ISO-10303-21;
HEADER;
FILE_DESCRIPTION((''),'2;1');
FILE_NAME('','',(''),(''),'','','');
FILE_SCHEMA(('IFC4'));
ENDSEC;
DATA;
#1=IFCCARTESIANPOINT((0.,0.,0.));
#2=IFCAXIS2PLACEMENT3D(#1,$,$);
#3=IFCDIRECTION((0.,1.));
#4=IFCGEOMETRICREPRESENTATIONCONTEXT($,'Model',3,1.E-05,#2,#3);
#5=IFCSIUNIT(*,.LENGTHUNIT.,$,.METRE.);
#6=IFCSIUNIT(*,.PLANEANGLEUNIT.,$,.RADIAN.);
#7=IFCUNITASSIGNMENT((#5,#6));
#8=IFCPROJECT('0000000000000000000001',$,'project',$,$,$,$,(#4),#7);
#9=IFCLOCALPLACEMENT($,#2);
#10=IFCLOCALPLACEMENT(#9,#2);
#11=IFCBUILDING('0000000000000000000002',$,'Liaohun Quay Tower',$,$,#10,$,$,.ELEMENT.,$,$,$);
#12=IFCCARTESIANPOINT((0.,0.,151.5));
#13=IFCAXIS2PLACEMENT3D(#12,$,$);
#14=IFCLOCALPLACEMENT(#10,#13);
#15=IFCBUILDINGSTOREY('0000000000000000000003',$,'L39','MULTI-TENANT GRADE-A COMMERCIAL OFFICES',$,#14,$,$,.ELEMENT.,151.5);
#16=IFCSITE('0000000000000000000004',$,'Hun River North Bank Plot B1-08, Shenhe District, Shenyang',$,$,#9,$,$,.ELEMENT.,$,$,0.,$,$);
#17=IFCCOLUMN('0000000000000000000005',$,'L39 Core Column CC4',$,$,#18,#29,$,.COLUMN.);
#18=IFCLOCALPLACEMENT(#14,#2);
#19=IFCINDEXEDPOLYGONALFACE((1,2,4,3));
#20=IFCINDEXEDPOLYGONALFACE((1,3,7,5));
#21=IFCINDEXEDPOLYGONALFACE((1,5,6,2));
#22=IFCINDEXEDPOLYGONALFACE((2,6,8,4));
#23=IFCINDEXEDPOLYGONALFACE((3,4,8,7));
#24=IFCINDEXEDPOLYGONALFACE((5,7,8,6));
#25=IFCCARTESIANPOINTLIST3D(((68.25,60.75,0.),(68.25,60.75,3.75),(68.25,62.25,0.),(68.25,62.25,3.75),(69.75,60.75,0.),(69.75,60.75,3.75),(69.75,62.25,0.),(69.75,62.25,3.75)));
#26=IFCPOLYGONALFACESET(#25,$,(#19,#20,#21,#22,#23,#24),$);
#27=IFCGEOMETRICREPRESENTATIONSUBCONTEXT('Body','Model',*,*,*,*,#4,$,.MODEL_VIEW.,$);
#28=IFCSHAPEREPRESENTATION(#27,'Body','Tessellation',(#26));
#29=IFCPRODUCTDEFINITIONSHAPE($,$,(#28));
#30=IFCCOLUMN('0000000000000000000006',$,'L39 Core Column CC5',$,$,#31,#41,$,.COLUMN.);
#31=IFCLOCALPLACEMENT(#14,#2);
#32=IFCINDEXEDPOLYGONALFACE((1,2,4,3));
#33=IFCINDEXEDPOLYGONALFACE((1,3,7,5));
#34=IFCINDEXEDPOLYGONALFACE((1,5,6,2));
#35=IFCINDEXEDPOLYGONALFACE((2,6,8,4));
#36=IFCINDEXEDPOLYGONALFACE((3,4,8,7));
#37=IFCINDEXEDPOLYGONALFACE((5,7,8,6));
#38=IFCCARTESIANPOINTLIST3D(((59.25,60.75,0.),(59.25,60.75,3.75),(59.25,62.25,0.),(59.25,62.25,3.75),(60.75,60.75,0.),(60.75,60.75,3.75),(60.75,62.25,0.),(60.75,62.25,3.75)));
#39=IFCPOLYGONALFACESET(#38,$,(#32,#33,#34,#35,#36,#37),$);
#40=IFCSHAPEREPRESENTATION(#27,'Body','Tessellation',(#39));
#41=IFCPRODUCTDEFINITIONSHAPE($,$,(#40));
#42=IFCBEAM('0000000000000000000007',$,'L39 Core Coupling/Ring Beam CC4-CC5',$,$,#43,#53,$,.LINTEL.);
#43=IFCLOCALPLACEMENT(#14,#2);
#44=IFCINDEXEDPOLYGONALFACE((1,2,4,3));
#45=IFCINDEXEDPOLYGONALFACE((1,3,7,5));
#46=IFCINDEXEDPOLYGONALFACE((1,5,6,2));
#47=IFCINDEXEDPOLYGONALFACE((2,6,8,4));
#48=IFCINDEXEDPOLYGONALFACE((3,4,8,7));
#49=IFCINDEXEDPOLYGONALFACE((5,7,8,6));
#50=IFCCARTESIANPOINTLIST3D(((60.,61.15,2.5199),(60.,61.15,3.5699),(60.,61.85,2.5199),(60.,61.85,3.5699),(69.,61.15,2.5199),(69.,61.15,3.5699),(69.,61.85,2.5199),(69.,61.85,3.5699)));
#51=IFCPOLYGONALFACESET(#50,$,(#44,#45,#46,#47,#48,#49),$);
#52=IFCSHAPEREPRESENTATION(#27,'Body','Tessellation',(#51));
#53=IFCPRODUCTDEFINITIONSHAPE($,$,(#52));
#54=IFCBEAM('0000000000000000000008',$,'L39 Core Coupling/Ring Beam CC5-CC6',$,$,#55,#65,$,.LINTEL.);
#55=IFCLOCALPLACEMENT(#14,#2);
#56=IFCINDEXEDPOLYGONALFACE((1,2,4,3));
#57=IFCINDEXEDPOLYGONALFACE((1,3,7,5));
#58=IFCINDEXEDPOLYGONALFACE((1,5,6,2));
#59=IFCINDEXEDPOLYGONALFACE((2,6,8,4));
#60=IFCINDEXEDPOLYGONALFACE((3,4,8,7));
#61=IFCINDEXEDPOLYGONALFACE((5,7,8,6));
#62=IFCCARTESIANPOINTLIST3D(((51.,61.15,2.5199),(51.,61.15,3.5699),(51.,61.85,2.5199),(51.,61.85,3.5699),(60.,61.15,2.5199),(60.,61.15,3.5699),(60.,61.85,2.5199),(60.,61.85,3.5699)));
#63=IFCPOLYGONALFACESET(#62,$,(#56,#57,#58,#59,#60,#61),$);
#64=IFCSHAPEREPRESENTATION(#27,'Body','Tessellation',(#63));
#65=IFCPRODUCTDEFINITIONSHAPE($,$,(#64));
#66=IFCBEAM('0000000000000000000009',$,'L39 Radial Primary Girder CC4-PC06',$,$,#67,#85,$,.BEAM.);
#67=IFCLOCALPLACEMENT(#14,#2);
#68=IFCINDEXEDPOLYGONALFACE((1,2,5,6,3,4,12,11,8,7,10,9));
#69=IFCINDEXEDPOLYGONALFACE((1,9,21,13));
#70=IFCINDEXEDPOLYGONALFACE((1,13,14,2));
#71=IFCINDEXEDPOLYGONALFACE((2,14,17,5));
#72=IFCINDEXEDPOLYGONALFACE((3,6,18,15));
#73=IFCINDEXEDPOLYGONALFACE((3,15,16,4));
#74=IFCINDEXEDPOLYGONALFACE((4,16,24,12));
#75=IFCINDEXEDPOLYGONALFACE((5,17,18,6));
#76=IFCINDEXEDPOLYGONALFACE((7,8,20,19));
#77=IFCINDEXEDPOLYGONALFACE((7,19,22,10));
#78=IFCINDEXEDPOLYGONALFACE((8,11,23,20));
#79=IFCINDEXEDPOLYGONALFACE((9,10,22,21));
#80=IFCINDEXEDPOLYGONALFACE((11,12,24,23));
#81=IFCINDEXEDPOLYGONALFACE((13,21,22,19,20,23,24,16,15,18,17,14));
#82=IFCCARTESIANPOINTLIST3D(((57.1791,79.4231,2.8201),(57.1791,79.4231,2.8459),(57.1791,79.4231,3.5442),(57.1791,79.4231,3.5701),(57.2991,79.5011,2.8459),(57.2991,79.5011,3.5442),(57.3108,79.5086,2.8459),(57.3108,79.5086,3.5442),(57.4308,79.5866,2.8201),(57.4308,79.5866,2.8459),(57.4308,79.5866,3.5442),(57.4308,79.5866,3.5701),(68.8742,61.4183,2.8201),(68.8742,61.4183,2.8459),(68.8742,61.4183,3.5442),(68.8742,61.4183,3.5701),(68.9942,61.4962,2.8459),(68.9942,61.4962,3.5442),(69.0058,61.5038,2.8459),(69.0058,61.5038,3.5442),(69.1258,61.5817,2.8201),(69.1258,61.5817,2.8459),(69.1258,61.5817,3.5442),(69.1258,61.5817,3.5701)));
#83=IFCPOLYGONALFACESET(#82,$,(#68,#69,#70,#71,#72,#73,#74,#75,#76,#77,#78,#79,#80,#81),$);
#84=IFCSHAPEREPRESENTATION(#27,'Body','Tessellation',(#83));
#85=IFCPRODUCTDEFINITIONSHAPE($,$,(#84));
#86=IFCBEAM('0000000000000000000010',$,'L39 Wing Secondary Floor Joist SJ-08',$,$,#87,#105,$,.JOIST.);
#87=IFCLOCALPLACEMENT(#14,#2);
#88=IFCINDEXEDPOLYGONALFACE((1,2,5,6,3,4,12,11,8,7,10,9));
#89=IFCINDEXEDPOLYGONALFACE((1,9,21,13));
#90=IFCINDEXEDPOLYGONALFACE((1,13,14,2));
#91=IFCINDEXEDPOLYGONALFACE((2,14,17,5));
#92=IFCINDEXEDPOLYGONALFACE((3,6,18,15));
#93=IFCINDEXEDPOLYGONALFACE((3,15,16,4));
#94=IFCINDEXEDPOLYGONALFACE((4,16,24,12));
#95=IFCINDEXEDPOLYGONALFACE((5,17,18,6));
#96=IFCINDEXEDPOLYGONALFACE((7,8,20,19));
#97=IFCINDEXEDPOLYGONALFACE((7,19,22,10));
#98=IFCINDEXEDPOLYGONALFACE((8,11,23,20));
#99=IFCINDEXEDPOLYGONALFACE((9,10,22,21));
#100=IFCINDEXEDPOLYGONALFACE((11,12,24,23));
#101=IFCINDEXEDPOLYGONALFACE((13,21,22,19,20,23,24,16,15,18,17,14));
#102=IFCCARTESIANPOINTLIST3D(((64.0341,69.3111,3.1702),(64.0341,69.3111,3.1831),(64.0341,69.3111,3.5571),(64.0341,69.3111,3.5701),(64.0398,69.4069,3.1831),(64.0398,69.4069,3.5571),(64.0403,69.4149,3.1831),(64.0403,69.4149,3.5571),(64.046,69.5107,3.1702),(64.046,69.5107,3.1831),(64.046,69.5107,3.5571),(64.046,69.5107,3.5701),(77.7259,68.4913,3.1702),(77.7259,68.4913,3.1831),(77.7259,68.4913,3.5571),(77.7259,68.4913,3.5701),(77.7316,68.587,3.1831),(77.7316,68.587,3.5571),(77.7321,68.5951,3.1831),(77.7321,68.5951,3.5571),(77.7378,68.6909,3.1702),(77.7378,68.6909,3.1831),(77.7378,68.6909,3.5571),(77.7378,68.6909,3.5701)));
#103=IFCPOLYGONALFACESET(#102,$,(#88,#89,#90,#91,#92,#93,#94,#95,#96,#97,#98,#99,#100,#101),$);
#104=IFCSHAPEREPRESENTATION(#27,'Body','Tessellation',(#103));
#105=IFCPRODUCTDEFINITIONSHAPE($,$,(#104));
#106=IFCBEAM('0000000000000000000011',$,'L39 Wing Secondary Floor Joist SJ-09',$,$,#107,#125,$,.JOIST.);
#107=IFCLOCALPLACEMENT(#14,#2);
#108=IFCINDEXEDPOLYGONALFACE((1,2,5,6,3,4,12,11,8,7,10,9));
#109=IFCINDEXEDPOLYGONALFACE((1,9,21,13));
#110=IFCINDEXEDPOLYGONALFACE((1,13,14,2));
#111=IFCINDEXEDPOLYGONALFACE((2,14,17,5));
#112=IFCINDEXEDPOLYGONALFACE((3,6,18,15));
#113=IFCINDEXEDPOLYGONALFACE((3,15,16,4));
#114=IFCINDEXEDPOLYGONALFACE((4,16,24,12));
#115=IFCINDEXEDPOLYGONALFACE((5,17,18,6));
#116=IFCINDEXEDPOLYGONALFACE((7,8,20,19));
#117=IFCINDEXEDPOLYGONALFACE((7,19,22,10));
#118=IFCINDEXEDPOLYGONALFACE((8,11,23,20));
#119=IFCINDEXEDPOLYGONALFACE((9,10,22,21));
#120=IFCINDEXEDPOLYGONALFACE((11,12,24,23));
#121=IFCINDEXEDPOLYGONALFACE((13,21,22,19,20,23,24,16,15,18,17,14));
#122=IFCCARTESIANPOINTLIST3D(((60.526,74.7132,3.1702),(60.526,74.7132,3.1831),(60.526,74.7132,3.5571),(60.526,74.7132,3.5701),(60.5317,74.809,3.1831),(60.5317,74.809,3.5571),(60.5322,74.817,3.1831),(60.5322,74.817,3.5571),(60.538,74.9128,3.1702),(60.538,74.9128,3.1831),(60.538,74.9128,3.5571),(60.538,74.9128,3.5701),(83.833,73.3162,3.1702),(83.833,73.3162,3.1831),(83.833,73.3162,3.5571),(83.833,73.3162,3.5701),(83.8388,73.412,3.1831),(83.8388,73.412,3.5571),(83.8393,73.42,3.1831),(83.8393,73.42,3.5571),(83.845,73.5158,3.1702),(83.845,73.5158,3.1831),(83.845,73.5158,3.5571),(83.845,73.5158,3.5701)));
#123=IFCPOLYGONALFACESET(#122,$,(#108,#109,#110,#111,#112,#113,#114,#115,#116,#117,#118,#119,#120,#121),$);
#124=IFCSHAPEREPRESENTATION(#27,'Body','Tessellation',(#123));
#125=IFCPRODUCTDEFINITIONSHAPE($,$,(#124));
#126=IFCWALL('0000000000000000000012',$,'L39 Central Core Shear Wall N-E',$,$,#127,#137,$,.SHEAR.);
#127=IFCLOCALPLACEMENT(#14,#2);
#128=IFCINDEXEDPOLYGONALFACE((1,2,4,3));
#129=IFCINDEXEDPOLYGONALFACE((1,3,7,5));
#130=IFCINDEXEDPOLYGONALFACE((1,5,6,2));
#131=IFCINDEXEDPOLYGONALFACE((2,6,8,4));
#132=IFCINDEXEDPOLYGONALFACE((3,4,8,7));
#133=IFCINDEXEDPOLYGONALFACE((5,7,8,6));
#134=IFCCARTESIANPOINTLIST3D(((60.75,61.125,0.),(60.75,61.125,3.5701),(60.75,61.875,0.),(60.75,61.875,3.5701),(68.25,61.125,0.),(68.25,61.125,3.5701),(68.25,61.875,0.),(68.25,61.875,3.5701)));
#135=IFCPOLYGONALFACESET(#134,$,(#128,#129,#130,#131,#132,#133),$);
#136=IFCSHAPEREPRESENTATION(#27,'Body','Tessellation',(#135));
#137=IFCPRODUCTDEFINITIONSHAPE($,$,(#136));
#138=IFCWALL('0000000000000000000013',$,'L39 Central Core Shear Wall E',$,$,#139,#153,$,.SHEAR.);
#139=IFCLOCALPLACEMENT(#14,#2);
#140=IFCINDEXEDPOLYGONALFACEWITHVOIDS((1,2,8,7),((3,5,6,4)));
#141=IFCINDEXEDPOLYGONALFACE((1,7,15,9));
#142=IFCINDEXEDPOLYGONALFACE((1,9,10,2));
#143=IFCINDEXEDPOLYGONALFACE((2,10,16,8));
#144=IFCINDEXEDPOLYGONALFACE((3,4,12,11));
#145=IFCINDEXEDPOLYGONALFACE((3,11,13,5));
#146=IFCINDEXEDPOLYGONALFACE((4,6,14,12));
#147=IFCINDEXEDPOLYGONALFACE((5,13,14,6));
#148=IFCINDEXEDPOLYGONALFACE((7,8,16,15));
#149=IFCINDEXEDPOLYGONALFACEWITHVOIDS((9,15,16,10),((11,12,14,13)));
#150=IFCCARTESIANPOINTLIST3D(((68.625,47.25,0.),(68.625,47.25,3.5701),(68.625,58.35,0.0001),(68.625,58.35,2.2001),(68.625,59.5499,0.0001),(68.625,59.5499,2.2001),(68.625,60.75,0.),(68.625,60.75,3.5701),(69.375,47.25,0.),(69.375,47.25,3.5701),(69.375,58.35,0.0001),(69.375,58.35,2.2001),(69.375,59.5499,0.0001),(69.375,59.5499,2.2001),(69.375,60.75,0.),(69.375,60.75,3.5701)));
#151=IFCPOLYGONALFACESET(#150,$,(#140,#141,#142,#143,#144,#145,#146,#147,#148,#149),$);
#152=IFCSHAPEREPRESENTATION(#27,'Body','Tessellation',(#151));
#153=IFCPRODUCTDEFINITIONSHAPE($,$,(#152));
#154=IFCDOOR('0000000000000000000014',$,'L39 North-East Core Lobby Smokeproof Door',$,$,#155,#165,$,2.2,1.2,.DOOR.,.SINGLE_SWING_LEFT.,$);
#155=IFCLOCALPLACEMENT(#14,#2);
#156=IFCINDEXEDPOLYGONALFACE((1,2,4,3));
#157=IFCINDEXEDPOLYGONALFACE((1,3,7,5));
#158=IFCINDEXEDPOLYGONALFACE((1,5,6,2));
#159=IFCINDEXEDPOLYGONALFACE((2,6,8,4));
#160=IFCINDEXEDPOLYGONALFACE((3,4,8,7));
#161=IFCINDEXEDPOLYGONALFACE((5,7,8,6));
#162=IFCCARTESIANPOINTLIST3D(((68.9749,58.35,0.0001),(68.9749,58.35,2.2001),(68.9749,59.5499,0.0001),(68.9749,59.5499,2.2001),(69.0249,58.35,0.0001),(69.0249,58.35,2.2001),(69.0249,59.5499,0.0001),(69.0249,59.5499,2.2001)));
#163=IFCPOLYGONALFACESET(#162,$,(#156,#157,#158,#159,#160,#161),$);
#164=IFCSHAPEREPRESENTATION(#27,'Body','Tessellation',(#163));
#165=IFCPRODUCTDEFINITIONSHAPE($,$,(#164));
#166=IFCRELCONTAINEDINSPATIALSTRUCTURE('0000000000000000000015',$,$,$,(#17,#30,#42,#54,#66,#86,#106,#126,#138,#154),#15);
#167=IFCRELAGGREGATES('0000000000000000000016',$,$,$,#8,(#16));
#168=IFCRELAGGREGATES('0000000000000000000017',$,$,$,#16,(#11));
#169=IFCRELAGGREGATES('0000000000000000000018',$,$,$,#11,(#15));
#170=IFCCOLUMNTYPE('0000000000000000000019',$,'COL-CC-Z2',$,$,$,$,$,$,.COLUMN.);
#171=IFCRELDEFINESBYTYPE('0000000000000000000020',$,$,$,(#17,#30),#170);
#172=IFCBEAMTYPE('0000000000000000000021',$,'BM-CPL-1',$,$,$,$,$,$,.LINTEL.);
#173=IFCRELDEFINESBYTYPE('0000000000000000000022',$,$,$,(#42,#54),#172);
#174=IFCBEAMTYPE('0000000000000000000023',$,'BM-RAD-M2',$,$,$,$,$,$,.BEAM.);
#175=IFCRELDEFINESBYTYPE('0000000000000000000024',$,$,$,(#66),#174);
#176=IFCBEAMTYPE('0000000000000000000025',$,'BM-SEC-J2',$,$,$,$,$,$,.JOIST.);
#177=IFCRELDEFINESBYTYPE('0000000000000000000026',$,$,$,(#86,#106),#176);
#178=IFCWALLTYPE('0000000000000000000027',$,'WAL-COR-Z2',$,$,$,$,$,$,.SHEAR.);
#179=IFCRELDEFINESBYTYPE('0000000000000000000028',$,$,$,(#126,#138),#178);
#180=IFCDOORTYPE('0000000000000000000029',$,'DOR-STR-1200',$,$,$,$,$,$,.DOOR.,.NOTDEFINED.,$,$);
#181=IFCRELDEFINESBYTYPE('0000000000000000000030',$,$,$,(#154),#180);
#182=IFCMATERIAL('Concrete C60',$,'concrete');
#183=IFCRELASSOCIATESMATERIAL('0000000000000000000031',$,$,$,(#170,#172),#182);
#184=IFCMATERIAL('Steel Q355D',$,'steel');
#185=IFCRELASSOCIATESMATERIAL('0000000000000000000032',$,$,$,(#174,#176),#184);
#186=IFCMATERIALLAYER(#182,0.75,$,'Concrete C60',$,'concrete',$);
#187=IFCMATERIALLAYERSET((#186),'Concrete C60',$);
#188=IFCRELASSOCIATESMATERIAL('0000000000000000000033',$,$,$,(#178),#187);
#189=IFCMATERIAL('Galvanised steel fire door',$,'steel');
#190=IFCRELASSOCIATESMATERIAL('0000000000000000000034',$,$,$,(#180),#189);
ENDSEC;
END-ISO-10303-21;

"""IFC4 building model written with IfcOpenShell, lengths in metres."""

from ifc_helpers import new_model, si_unit, direction, frame, frame_2d, origin, origin_2d, place, context, subcontext, project, spatial, rectangle, i_section, extrude, source, transform, mapped, material, layer, layer_set, material_profile, profile_set, type_object, element, fill, save


model = new_model("IFC4")

# Units and contexts
model_context = context("Model", 3, precision=1e-05, world=origin(), true_north=direction((0.0, 1.0)))
body_context = subcontext(model_context, "Body", "Model", "MODEL_VIEW")
ifc_project = project(units=[si_unit("LENGTHUNIT", "METRE"), si_unit("PLANEANGLEUNIT", "RADIAN")], contexts=[model_context])

# Site, building, storey
site_placement = place(None, origin())
site = spatial("IfcSite", under=ifc_project, at=site_placement, Name="Hun River North Bank Plot B1-08, Shenhe District, Shenyang", CompositionType="ELEMENT", RefElevation=0.0)
building_placement = place(site_placement, origin())
building = spatial("IfcBuilding", under=site, at=building_placement, Name="Liaohun Quay Tower", CompositionType="ELEMENT")
storey_placement = place(building_placement, frame((0.0, 0.0, 151.5)))
storey = spatial("IfcBuildingStorey", under=building, at=storey_placement, Name="L39", Description="MULTI-TENANT GRADE-A COMMERCIAL OFFICES", CompositionType="ELEMENT", Elevation=151.5)

# Columns
ifc_material_1 = material(Name="Concrete C60", Category="concrete")
ifc_material_profile_1 = material_profile(ifc_material_1, rectangle(XDim=1.5, YDim=1.5, at=origin_2d()), Name="RC1500x1500")
ifc_profile_set_1 = profile_set([ifc_material_profile_1], Name="Concrete C60")
column_type = type_object("IfcColumnType", Name="COL-CC-Z2", PredefinedType="COLUMN", material=ifc_profile_set_1)
shared_shape_1 = source(origin(), body_context, "Body", "SweptSolid", [
    extrude(rectangle(XDim=1.5, YDim=1.5, at=origin_2d()), origin(), (0.0, 0.0, 1.0), 3.75),
])
for number, where, z_axis, x_axis, name in (
    (1, (69.0, 61.5, 0.0), (0.0, 0.0, 1.0), (1.0, 0.0, 0.0), "L39 Core Column CC4"),
    (2, (60.0, 61.5, 0.0), (0.0, 0.0, 1.0), (1.0, 0.0, 0.0), "L39 Core Column CC5"),
):
    element("IfcColumn", number, at=place(storey_placement, frame(where, z_axis=z_axis, x_axis=x_axis)), inside=storey, type_object=column_type, Name=name, PredefinedType="COLUMN", context=body_context, shape_type="MappedRepresentation", body=[
        mapped(shared_shape_1, transform((0.0, 0.0, 0.0), x_axis=(1.0, 0.0, 0.0), y_axis=(0.0, 1.0, 0.0), z_axis=(0.0, 0.0, 1.0), scale=1.0)),
    ])

# Beams
ifc_material_profile_2 = material_profile(ifc_material_1, rectangle(XDim=0.7, YDim=1.05, at=origin_2d()), Name="RC700x1050")
ifc_profile_set_2 = profile_set([ifc_material_profile_2], Name="Concrete C60")
beam_type_1 = type_object("IfcBeamType", Name="BM-CPL-1", PredefinedType="LINTEL", material=ifc_profile_set_2)
shared_shape_2 = source(origin(), body_context, "Body", "SweptSolid", [
    extrude(rectangle(XDim=0.7, YDim=1.05, at=origin_2d()), origin(), (0.0, 0.0, 1.0), 9.0),
])
for number, where, z_axis, x_axis, name in (
    (3, (69.0, 61.5, 3.0449), (-1.0, 0.0, 0.0), (0.0, -1.0, 0.0), "L39 Core Coupling/Ring Beam CC4-CC5"),
    (4, (60.0, 61.5, 3.0449), (-1.0, 0.0, 0.0), (0.0, -1.0, 0.0), "L39 Core Coupling/Ring Beam CC5-CC6"),
):
    element("IfcBeam", number, at=place(storey_placement, frame(where, z_axis=z_axis, x_axis=x_axis)), inside=storey, type_object=beam_type_1, Name=name, PredefinedType="LINTEL", context=body_context, shape_type="MappedRepresentation", body=[
        mapped(shared_shape_2, transform((0.0, 0.0, 0.0), x_axis=(1.0, 0.0, 0.0), y_axis=(0.0, 1.0, 0.0), z_axis=(0.0, 0.0, 1.0), scale=1.0)),
    ])
ifc_material_2 = material(Name="Steel Q355D", Category="steel")
ifc_material_profile_3 = material_profile(ifc_material_2, i_section(OverallWidth=0.3, OverallDepth=0.75, WebThickness=0.0139, FlangeThickness=0.0259, at=origin_2d()), Name="HN750x300x14x26")
ifc_profile_set_3 = profile_set([ifc_material_profile_3], Name="Steel Q355D")
beam_type_2 = type_object("IfcBeamType", Name="BM-RAD-M2", PredefinedType="BEAM", material=ifc_profile_set_3)
shared_shape_3 = source(origin(), body_context, "Body", "SweptSolid", [
    extrude(i_section(OverallWidth=0.3, OverallDepth=0.75, WebThickness=0.0139, FlangeThickness=0.0259, at=origin_2d()), origin(), (0.0, 0.0, 1.0), 21.4697),
])
beam_1_placement = place(storey_placement, frame((69.0, 61.5, 3.1951), z_axis=(-0.544723, 0.838616, 0.0), x_axis=(-0.838616, -0.544723, 0.0)))
element("IfcBeam", 5, at=beam_1_placement, inside=storey, type_object=beam_type_2, Name="L39 Radial Primary Girder CC4-PC06", PredefinedType="BEAM", context=body_context, shape_type="MappedRepresentation", body=[
    mapped(shared_shape_3, transform((0.0, 0.0, 0.0), x_axis=(1.0, 0.0, 0.0), y_axis=(0.0, 1.0, 0.0), z_axis=(0.0, 0.0, 1.0), scale=1.0)),
])
ifc_material_profile_4 = material_profile(ifc_material_2, i_section(OverallWidth=0.2, OverallDepth=0.3999, WebThickness=0.0081, FlangeThickness=0.0129, at=origin_2d()), Name="HN400x200x8x13")
ifc_profile_set_4 = profile_set([ifc_material_profile_4], Name="Steel Q355D")
beam_type_3 = type_object("IfcBeamType", Name="BM-SEC-J2", PredefinedType="JOIST", material=ifc_profile_set_4)
shared_shape_4 = source(origin(), body_context, "Body", "SweptSolid", [
    extrude(i_section(OverallWidth=0.2, OverallDepth=0.3999, WebThickness=0.0081, FlangeThickness=0.0129, at=origin_2d()), origin(), (0.0, 0.0, 1.0), 13.7163),
])
beam_2_placement = place(storey_placement, frame((64.04, 69.4109, 3.3701), z_axis=(0.998212, -0.05977, 0.0), x_axis=(0.05977, 0.998212, 0.0)))
element("IfcBeam", 6, at=beam_2_placement, inside=storey, type_object=beam_type_3, Name="L39 Wing Secondary Floor Joist SJ-08", PredefinedType="JOIST", context=body_context, shape_type="MappedRepresentation", body=[
    mapped(shared_shape_4, transform((0.0, 0.0, 0.0), x_axis=(1.0, 0.0, 0.0), y_axis=(0.0, 1.0, 0.0), z_axis=(0.0, 0.0, 1.0), scale=1.0)),
])
shared_shape_5 = source(origin(), body_context, "Body", "SweptSolid", [
    extrude(i_section(OverallWidth=0.2, OverallDepth=0.3999, WebThickness=0.0081, FlangeThickness=0.0129, at=origin_2d()), origin(), (0.0, 0.0, 1.0), 23.3489),
])
beam_3_placement = place(storey_placement, frame((60.532, 74.813, 3.3701), z_axis=(0.998209, -0.05983, 0.0), x_axis=(0.05983, 0.998209, 0.0)))
element("IfcBeam", 7, at=beam_3_placement, inside=storey, type_object=beam_type_3, Name="L39 Wing Secondary Floor Joist SJ-09", PredefinedType="JOIST", context=body_context, shape_type="MappedRepresentation", body=[
    mapped(shared_shape_5, transform((0.0, 0.0, 0.0), x_axis=(1.0, 0.0, 0.0), y_axis=(0.0, 1.0, 0.0), z_axis=(0.0, 0.0, 1.0), scale=1.0)),
])

# Wall
ifc_layer_1 = layer(ifc_material_1, 0.75, Name="Concrete C60", Category="concrete")
ifc_layer_set_1 = layer_set([ifc_layer_1], Name="Concrete C60")
wall_type_1 = type_object("IfcWallType", Name="WAL-COR-Z2", PredefinedType="SHEAR", material=ifc_layer_set_1)
wall_1_placement = place(storey_placement, frame((60.75, 61.5, 0.0), z_axis=(0.0, 0.0, 1.0), x_axis=(1.0, 0.0, 0.0)))
element("IfcWall", 8, at=wall_1_placement, inside=storey, type_object=wall_type_1, Name="L39 Central Core Shear Wall N-E", PredefinedType="SHEAR", context=body_context, shape_type="SweptSolid", body=[
    extrude(rectangle(XDim=7.5, YDim=0.75, at=frame_2d((3.75, 0.0))), origin(), (0.0, 0.0, 1.0), 3.5701),
])

# Wall, opening, door
wall_2_placement = place(storey_placement, frame((69.0, 60.75, 0.0), z_axis=(0.0, 0.0, 1.0), x_axis=(0.0, -1.0, 0.0)))
wall_2 = element("IfcWall", 9, at=wall_2_placement, inside=storey, type_object=wall_type_1, Name="L39 Central Core Shear Wall E", PredefinedType="SHEAR", context=body_context, shape_type="SweptSolid", body=[
    extrude(rectangle(XDim=13.5, YDim=0.75, at=frame_2d((6.75, 0.0))), origin(), (0.0, 0.0, 1.0), 3.5701),
])
shared_shape_6 = source(origin(), body_context, "Body", "SweptSolid", [
    extrude(rectangle(XDim=1.2, YDim=2.2, at=frame_2d((0.6001, 1.1001))), frame((0.0, 0.385, 0.0), z_axis=(0.0, -1.0, 0.0), x_axis=(1.0, 0.0, 0.0)), (0.0, 0.0, 1.0), 0.77),
])
opening_1_placement = place(wall_2_placement, frame((1.2, 0.0, 0.0)))
opening_1 = element("IfcOpeningElement", 10, at=opening_1_placement, cuts=wall_2, PredefinedType="OPENING", context=body_context, shape_type="MappedRepresentation", body=[
    mapped(shared_shape_6, transform((0.0, 0.0, 0.0), x_axis=(1.0, 0.0, 0.0), y_axis=(0.0, 1.0, 0.0), z_axis=(0.0, 0.0, 1.0), scale=1.0)),
])
ifc_material_3 = material(Name="Galvanised steel fire door", Category="steel")
door_type_1 = type_object("IfcDoorType", Name="DOR-STR-1200", OperationType="NOTDEFINED", PredefinedType="DOOR", material=ifc_material_3)
shared_shape_7 = source(origin(), body_context, "Body", "SweptSolid", [
    extrude(rectangle(XDim=1.2, YDim=2.2, at=frame_2d((0.6001, 1.1001))), frame((0.0, 0.0249, 0.0), z_axis=(0.0, -1.0, 0.0), x_axis=(1.0, 0.0, 0.0)), (0.0, 0.0, 1.0), 0.05),
])
door_1_placement = place(opening_1_placement, origin())
door_1 = element("IfcDoor", 11, at=door_1_placement, inside=storey, type_object=door_type_1, Name="L39 North-East Core Lobby Smokeproof Door", OperationType="SINGLE_SWING_LEFT", OverallHeight=2.2, OverallWidth=1.2, PredefinedType="DOOR", context=body_context, shape_type="MappedRepresentation", body=[
    mapped(shared_shape_7, transform((0.0, 0.0, 0.0), x_axis=(1.0, 0.0, 0.0), y_axis=(0.0, 1.0, 0.0), z_axis=(0.0, 0.0, 1.0), scale=1.0)),
])
fill(opening_1, door_1)

save(model, "model.ifc")
